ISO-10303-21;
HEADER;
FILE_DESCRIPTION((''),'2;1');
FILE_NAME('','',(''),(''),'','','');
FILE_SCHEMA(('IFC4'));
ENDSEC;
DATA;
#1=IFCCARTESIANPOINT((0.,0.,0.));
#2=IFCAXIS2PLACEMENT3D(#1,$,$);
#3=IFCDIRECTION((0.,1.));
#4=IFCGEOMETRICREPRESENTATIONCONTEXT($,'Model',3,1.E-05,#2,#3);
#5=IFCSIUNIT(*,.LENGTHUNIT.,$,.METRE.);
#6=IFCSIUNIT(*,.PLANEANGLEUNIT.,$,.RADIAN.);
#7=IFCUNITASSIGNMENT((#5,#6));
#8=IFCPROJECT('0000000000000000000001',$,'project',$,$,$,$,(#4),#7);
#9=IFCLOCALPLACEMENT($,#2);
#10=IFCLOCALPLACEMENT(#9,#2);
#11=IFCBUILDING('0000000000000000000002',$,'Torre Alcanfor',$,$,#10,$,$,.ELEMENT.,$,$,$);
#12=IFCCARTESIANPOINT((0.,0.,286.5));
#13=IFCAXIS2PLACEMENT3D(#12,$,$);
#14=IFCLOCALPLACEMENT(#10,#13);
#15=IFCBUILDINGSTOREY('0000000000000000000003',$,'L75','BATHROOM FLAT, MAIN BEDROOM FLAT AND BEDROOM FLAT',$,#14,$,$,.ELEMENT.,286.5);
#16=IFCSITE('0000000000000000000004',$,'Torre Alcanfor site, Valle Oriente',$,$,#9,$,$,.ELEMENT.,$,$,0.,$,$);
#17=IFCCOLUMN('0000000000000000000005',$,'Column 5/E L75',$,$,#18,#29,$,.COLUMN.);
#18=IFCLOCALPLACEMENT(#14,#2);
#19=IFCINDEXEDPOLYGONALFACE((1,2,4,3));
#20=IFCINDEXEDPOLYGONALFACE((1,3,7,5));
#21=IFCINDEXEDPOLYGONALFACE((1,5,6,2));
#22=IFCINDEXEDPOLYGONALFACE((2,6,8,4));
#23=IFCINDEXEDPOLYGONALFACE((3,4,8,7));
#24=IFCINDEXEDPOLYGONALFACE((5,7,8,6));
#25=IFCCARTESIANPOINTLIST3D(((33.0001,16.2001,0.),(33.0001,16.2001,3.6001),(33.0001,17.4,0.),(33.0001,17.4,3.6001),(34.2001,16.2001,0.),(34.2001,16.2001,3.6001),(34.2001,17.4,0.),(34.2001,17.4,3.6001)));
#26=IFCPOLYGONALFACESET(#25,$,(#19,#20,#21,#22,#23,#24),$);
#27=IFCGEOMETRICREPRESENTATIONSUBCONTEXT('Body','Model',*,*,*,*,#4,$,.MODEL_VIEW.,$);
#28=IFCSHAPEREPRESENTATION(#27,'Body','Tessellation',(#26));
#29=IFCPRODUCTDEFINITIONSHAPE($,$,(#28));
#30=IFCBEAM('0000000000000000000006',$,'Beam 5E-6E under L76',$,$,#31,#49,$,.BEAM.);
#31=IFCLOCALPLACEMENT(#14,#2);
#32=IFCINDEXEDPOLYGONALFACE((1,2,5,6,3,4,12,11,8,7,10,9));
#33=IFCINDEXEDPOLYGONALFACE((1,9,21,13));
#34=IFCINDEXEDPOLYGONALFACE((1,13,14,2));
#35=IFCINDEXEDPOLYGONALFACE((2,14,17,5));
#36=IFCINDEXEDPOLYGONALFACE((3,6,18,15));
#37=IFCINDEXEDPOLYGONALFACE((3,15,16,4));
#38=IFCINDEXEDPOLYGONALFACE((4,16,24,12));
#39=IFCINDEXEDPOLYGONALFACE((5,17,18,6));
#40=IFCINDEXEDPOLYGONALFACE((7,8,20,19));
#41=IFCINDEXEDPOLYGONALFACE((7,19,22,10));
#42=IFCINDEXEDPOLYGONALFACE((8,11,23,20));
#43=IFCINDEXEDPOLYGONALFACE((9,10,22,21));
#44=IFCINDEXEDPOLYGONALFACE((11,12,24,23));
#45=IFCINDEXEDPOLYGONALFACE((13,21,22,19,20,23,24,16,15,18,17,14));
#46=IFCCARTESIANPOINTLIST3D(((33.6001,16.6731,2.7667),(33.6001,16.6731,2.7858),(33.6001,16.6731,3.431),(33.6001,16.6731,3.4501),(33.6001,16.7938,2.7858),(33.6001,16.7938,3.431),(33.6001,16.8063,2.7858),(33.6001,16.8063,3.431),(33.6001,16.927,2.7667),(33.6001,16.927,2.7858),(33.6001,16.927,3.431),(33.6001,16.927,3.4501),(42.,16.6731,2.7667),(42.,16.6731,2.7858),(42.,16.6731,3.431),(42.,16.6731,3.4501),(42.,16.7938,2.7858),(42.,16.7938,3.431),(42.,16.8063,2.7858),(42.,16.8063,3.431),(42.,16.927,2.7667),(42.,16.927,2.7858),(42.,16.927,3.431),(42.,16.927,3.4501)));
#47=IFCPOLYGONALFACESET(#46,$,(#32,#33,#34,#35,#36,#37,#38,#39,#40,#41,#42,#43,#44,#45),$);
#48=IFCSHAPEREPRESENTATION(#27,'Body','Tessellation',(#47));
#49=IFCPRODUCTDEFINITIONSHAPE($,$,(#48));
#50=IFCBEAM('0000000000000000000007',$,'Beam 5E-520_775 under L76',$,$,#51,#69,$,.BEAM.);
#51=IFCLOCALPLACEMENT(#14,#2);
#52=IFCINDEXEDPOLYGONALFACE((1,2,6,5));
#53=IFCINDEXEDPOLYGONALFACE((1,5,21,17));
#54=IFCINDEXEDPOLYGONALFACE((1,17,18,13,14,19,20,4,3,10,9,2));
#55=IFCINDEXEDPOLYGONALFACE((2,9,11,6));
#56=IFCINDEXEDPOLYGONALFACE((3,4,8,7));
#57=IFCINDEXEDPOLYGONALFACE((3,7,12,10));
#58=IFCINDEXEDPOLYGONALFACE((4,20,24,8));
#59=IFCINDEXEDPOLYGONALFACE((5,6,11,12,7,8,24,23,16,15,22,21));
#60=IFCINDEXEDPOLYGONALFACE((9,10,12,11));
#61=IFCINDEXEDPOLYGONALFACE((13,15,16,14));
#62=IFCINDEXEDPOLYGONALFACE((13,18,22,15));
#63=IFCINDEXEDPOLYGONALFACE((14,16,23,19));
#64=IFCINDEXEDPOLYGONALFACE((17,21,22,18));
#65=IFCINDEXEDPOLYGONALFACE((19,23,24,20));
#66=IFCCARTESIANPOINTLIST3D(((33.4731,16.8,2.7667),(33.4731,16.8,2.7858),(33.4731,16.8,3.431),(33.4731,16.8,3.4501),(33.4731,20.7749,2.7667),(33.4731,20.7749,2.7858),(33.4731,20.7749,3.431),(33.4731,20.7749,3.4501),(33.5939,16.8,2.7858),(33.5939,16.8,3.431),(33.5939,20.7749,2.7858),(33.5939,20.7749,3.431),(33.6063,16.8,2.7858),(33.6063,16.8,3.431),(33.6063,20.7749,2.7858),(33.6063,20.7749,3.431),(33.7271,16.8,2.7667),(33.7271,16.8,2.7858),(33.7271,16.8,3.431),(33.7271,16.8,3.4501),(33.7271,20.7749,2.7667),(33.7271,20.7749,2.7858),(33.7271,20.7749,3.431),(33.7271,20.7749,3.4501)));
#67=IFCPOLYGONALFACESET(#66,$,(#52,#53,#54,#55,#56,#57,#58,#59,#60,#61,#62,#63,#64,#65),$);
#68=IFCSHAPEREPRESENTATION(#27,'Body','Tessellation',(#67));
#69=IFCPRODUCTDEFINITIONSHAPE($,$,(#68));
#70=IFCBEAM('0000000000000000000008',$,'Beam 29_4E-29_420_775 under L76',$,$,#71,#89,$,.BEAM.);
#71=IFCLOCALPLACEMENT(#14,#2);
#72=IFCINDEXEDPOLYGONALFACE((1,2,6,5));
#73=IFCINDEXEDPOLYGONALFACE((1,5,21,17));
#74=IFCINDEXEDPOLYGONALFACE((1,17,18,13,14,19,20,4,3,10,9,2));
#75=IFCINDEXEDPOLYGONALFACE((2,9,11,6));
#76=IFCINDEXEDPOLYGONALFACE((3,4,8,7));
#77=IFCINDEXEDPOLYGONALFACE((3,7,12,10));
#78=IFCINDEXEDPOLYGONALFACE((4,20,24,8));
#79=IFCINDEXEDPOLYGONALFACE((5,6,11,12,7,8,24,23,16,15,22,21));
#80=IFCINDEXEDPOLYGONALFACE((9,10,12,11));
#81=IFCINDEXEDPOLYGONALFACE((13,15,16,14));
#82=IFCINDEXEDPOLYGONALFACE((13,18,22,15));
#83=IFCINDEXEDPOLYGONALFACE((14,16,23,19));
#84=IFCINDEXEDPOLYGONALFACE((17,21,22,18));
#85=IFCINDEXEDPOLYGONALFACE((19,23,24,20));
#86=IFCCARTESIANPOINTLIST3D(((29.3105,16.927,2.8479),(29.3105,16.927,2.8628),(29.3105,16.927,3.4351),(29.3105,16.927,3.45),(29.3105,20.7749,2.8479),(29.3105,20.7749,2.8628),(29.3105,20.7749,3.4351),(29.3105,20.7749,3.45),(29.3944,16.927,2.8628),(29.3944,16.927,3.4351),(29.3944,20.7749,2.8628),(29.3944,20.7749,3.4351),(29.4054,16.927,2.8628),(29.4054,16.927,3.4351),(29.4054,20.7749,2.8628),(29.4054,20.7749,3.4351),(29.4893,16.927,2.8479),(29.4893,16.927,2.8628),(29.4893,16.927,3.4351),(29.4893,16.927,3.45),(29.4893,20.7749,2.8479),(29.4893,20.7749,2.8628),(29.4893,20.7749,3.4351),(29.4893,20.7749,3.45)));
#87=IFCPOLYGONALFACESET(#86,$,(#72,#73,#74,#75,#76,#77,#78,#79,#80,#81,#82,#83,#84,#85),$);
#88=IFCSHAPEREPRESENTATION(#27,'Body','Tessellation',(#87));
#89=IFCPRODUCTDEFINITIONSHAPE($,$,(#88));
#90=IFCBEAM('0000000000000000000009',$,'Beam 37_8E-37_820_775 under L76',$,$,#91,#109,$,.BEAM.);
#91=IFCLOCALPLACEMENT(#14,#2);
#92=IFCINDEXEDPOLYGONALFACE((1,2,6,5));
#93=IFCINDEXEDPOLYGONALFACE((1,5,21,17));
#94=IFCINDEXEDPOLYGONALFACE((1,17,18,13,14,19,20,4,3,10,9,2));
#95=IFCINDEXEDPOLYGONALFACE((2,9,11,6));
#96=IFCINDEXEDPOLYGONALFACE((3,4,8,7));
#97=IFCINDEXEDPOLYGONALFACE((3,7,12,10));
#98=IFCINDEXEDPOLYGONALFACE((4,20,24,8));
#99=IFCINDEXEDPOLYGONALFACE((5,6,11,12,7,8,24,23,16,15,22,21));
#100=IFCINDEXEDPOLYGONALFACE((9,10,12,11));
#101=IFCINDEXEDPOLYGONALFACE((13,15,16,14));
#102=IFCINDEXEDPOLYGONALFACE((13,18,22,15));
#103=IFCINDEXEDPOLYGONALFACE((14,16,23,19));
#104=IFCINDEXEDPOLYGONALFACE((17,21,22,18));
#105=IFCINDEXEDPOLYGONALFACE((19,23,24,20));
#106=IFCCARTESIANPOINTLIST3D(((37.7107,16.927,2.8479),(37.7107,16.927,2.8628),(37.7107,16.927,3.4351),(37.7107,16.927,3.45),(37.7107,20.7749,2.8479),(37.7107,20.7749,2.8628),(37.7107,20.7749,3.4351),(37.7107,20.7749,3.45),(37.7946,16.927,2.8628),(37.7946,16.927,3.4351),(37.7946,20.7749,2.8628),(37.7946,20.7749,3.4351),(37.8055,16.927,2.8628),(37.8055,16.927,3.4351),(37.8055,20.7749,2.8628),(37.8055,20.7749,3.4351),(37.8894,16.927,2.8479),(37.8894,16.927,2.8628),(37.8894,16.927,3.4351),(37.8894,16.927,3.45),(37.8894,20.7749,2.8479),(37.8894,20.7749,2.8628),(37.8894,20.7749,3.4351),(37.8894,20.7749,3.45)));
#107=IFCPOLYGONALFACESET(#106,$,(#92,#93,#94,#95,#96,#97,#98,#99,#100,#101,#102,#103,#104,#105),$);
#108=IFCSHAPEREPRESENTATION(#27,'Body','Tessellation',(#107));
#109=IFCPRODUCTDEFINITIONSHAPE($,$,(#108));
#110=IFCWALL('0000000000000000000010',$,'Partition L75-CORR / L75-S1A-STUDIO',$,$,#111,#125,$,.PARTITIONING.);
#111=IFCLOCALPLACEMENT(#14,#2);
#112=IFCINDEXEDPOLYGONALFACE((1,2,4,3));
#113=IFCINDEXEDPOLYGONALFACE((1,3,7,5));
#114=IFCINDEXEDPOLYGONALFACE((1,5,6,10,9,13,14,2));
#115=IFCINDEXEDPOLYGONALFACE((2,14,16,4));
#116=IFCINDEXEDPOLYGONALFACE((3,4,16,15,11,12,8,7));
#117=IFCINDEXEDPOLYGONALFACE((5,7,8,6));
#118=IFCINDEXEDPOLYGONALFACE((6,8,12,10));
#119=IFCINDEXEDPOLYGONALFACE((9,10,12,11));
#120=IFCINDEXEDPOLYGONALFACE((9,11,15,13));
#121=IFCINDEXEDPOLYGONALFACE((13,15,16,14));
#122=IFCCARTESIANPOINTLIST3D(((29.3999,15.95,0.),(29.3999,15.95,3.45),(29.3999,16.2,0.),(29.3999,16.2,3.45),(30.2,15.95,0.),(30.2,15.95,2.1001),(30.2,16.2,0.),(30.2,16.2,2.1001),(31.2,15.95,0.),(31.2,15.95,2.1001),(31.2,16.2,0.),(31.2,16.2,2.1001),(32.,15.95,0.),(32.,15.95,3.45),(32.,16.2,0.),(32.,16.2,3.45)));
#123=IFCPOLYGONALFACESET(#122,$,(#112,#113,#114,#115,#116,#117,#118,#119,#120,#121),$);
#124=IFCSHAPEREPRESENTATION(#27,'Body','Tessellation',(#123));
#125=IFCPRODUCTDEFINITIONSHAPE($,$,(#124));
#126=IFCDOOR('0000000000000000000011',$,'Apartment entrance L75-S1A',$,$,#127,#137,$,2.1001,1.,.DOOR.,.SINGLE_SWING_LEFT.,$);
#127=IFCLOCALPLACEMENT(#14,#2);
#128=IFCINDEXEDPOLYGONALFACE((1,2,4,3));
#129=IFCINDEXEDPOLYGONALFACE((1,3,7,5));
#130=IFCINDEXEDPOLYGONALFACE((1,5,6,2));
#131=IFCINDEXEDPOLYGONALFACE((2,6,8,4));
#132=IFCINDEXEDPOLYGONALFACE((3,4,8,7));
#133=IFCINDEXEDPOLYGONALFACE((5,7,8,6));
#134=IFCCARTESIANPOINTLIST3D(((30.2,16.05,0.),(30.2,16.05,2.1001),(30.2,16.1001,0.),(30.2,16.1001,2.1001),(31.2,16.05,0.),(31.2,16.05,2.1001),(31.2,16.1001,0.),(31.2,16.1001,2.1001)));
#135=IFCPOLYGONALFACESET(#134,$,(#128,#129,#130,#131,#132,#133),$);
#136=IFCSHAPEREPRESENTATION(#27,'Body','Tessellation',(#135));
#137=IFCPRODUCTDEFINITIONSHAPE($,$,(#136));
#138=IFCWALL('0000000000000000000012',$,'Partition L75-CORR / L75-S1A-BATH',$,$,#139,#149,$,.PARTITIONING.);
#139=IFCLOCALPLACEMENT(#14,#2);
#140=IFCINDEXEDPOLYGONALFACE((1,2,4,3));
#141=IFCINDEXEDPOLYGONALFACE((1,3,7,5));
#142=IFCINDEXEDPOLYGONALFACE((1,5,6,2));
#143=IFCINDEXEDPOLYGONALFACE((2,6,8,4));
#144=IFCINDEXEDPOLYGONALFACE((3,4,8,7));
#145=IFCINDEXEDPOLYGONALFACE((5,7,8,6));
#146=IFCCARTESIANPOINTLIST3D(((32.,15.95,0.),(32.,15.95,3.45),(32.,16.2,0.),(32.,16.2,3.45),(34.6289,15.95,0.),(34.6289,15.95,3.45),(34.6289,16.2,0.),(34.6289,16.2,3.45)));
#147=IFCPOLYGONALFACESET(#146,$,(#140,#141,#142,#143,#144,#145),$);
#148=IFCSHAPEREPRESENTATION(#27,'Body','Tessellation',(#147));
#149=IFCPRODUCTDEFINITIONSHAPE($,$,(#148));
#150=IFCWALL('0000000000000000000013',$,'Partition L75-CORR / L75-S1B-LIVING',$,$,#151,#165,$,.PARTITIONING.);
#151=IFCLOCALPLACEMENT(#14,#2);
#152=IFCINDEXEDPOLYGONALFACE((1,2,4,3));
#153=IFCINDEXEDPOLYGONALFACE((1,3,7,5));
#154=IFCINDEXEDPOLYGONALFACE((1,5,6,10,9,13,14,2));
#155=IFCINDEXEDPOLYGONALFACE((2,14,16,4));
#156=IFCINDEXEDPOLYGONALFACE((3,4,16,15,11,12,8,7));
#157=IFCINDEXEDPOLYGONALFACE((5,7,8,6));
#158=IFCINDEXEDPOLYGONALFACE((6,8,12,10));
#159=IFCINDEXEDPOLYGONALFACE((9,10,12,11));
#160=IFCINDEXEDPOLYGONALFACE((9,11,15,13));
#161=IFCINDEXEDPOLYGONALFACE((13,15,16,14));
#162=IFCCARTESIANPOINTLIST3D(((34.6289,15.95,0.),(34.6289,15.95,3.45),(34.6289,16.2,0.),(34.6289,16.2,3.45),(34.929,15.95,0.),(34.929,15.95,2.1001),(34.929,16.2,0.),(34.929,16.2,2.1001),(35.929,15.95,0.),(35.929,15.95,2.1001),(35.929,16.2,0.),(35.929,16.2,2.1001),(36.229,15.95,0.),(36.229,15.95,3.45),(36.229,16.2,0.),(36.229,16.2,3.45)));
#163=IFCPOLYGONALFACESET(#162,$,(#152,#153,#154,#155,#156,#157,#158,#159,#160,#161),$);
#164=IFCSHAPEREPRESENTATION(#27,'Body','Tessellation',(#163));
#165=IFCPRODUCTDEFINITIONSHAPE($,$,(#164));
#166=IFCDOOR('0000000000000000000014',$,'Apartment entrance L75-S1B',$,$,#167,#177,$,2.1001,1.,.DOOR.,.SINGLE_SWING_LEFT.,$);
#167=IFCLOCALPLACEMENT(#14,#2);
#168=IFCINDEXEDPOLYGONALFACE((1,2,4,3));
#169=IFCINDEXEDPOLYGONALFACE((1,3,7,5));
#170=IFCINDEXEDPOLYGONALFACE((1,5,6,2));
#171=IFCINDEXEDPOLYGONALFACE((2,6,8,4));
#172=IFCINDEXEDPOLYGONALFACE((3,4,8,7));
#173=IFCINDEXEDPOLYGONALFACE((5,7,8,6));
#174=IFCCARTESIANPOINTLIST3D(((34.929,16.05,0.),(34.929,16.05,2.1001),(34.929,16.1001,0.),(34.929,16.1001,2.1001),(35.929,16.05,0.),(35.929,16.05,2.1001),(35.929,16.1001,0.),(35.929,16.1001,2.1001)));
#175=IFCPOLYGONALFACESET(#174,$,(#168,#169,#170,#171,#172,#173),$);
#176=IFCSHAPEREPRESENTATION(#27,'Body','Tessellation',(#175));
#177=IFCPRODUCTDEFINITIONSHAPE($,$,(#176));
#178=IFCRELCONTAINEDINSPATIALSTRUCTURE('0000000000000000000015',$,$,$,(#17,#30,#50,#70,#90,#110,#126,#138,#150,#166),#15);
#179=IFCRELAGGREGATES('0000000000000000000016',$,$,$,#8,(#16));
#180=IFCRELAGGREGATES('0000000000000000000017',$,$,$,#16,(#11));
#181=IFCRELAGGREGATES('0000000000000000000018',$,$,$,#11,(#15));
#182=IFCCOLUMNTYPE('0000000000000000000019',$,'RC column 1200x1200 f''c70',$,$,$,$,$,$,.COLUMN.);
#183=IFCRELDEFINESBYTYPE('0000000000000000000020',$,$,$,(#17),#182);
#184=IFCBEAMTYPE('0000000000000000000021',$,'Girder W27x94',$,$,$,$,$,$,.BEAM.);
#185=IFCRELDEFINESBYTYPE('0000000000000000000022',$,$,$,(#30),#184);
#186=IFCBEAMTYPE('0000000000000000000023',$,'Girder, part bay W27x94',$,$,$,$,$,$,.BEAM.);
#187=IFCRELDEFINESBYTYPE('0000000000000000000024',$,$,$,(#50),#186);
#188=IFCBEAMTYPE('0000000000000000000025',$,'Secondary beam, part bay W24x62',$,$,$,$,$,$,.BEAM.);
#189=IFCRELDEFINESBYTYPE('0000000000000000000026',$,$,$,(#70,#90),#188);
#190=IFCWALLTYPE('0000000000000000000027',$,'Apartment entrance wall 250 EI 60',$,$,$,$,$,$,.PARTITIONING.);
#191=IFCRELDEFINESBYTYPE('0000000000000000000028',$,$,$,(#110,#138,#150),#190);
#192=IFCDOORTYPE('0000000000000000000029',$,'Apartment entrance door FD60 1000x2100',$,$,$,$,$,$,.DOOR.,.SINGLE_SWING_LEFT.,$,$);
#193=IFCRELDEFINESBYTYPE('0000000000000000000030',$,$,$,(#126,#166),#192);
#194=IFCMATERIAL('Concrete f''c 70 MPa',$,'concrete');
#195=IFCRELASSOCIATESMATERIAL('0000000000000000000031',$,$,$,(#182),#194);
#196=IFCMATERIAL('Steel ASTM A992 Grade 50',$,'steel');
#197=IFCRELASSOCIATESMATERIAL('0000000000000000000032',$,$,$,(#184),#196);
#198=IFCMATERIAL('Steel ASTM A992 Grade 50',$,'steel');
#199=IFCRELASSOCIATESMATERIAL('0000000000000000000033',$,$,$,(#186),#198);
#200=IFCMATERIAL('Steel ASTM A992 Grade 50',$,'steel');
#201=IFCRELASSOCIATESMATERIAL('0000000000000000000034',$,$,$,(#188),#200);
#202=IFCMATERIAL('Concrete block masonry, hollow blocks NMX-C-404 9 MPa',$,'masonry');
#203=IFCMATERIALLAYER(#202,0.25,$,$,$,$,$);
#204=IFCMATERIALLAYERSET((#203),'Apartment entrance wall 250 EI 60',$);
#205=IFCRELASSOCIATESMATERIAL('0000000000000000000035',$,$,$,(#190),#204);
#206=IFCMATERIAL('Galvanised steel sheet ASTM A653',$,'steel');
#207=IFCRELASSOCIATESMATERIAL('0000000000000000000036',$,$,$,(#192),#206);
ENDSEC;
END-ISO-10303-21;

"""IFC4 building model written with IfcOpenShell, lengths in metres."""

from ifc_helpers import new_model, si_unit, direction, frame, frame_2d, origin, origin_2d, place, context, subcontext, project, spatial, rectangle, i_section, extrude, material, layer, layer_set, material_profile, profile_set, type_object, element, fill, save


model = new_model("IFC4")

# Units and contexts
model_context = context("Model", 3, precision=1e-05, world=origin(), true_north=direction((0.0, 1.0)))
body_context = subcontext(model_context, "Body", "Model", "MODEL_VIEW")
ifc_project = project(units=[si_unit("LENGTHUNIT", "METRE"), si_unit("PLANEANGLEUNIT", "RADIAN")], contexts=[model_context])

# Site, building, storey
site_placement = place(None, origin())
site = spatial("IfcSite", under=ifc_project, at=site_placement, Name="Torre Alcanfor site, Valle Oriente", CompositionType="ELEMENT", RefElevation=0.0)
building_placement = place(site_placement, origin())
building = spatial("IfcBuilding", under=site, at=building_placement, Name="Torre Alcanfor", CompositionType="ELEMENT")
storey_placement = place(building_placement, frame((0.0, 0.0, 286.5)))
storey = spatial("IfcBuildingStorey", under=building, at=storey_placement, Name="L75", Description="BATHROOM FLAT, MAIN BEDROOM FLAT AND BEDROOM FLAT", CompositionType="ELEMENT", Elevation=286.5)

# Column
ifc_material_1 = material(Name="Concrete f'c 70 MPa", Category="concrete")
ifc_material_profile_1 = material_profile(ifc_material_1, rectangle(XDim=1.2, YDim=1.2, at=origin_2d()), Name="1200x1200")
ifc_profile_set_1 = profile_set([ifc_material_profile_1], Name="Concrete f'c 70 MPa")
column_type = type_object("IfcColumnType", Name="RC column 1200x1200 f'c70", PredefinedType="COLUMN", material=ifc_profile_set_1)
column_placement = place(storey_placement, frame((33.6001, 16.8, 0.0), z_axis=(0.0, 0.0, 1.0), x_axis=(1.0, 0.0, 0.0)))
element("IfcColumn", 1, at=column_placement, inside=storey, type_object=column_type, Name="Column 5/E L75", PredefinedType="COLUMN", context=body_context, shape_type="SweptSolid", body=[
    extrude(rectangle(XDim=1.2, YDim=1.2, at=origin_2d()), origin(), (0.0, 0.0, 1.0), 3.6001),
])

# Beams
ifc_material_2 = material(Name="Steel ASTM A992 Grade 50", Category="steel")
ifc_material_profile_2 = material_profile(ifc_material_2, i_section(OverallWidth=0.2539, OverallDepth=0.6833, WebThickness=0.0125, FlangeThickness=0.019, at=origin_2d()), Name="W27x94")
ifc_profile_set_2 = profile_set([ifc_material_profile_2], Name="Steel ASTM A992 Grade 50")
beam_type_1 = type_object("IfcBeamType", Name="Girder W27x94", PredefinedType="BEAM", material=ifc_profile_set_2)
beam_1_placement = place(storey_placement, frame((33.6001, 16.8, 3.1084), z_axis=(1.0, 0.0, 0.0), x_axis=(0.0, 1.0, 0.0)))
element("IfcBeam", 2, at=beam_1_placement, inside=storey, type_object=beam_type_1, Name="Beam 5E-6E under L76", PredefinedType="BEAM", context=body_context, shape_type="SweptSolid", body=[
    extrude(i_section(OverallWidth=0.2539, OverallDepth=0.6833, WebThickness=0.0125, FlangeThickness=0.019, at=origin_2d()), origin(), (0.0, 0.0, 1.0), 8.3999),
])
ifc_material_3 = material(Name="Steel ASTM A992 Grade 50", Category="steel")
ifc_material_profile_3 = material_profile(ifc_material_3, i_section(OverallWidth=0.2539, OverallDepth=0.6833, WebThickness=0.0125, FlangeThickness=0.019, at=origin_2d()), Name="W27x94")
ifc_profile_set_3 = profile_set([ifc_material_profile_3], Name="Steel ASTM A992 Grade 50")
beam_type_2 = type_object("IfcBeamType", Name="Girder, part bay W27x94", PredefinedType="BEAM", material=ifc_profile_set_3)
beam_2_placement = place(storey_placement, frame((33.6001, 16.8, 3.1084), z_axis=(0.0, 1.0, 0.0), x_axis=(-1.0, 0.0, 0.0)))
element("IfcBeam", 3, at=beam_2_placement, inside=storey, type_object=beam_type_2, Name="Beam 5E-520_775 under L76", PredefinedType="BEAM", context=body_context, shape_type="SweptSolid", body=[
    extrude(i_section(OverallWidth=0.2539, OverallDepth=0.6833, WebThickness=0.0125, FlangeThickness=0.019, at=origin_2d()), origin(), (0.0, 0.0, 1.0), 3.9749),
])
ifc_material_4 = material(Name="Steel ASTM A992 Grade 50", Category="steel")
ifc_material_profile_4 = material_profile(ifc_material_4, i_section(OverallWidth=0.1787, OverallDepth=0.6021, WebThickness=0.011, FlangeThickness=0.0149, at=origin_2d()), Name="W24x62")
ifc_profile_set_4 = profile_set([ifc_material_profile_4], Name="Steel ASTM A992 Grade 50")
beam_type_3 = type_object("IfcBeamType", Name="Secondary beam, part bay W24x62", PredefinedType="BEAM", material=ifc_profile_set_4)
for number, where, z_axis, x_axis, name in (
    (4, (29.3999, 16.927, 3.1489), (0.0, 1.0, 0.0), (-1.0, 0.0, 0.0), "Beam 29_4E-29_420_775 under L76"),
    (5, (37.8, 16.927, 3.1489), (0.0, 1.0, 0.0), (-1.0, 0.0, 0.0), "Beam 37_8E-37_820_775 under L76"),
):
    element("IfcBeam", number, at=place(storey_placement, frame(where, z_axis=z_axis, x_axis=x_axis)), inside=storey, type_object=beam_type_3, Name=name, PredefinedType="BEAM", context=body_context, shape_type="SweptSolid", body=[
        extrude(i_section(OverallWidth=0.1787, OverallDepth=0.6021, WebThickness=0.011, FlangeThickness=0.0149, at=origin_2d()), origin(), (0.0, 0.0, 1.0), 3.8479),
    ])

# Wall, opening, door
ifc_material_5 = material(Name="Concrete block masonry, hollow blocks NMX-C-404 9 MPa", Category="masonry")
ifc_layer_1 = layer(ifc_material_5, 0.25)
ifc_layer_set_1 = layer_set([ifc_layer_1], Name="Apartment entrance wall 250 EI 60")
wall_type_1 = type_object("IfcWallType", Name="Apartment entrance wall 250 EI 60", PredefinedType="PARTITIONING", material=ifc_layer_set_1)
wall_1_placement = place(storey_placement, frame((32.0, 16.075, 0.0), z_axis=(0.0, 0.0, 1.0), x_axis=(-1.0, 0.0, 0.0)))
wall_1 = element("IfcWall", 6, at=wall_1_placement, inside=storey, type_object=wall_type_1, Name="Partition L75-CORR / L75-S1A-STUDIO", PredefinedType="PARTITIONING", context=body_context, shape_type="SweptSolid", body=[
    extrude(rectangle(XDim=2.6001, YDim=0.25, at=frame_2d((1.3, 0.0))), origin(), (0.0, 0.0, 1.0), 3.45),
])
opening_1_placement = place(wall_1_placement, frame((0.8, 0.0, 0.0)))
opening_1 = element("IfcOpeningElement", 7, at=opening_1_placement, cuts=wall_1, PredefinedType="OPENING", context=body_context, shape_type="SweptSolid", body=[
    extrude(rectangle(XDim=1.0, YDim=2.1001, at=frame_2d((0.5, 1.05))), frame((0.0, 0.135, 0.0), z_axis=(0.0, -1.0, 0.0), x_axis=(1.0, 0.0, 0.0)), (0.0, 0.0, 1.0), 0.27),
])
ifc_material_6 = material(Name="Galvanised steel sheet ASTM A653", Category="steel")
door_type_1 = type_object("IfcDoorType", Name="Apartment entrance door FD60 1000x2100", OperationType="SINGLE_SWING_LEFT", PredefinedType="DOOR", material=ifc_material_6)
door_1_placement = place(opening_1_placement, origin())
door_1 = element("IfcDoor", 8, at=door_1_placement, inside=storey, type_object=door_type_1, Name="Apartment entrance L75-S1A", OperationType="SINGLE_SWING_LEFT", OverallHeight=2.1001, OverallWidth=1.0, PredefinedType="DOOR", context=body_context, shape_type="SweptSolid", body=[
    extrude(rectangle(XDim=1.0, YDim=2.1001, at=frame_2d((0.5, 1.05))), frame((0.0, 0.0249, 0.0), z_axis=(0.0, -1.0, 0.0), x_axis=(1.0, 0.0, 0.0)), (0.0, 0.0, 1.0), 0.05),
])
fill(opening_1, door_1)

# Wall
wall_2_placement = place(storey_placement, frame((34.6289, 16.075, 0.0), z_axis=(0.0, 0.0, 1.0), x_axis=(-1.0, 0.0, 0.0)))
element("IfcWall", 9, at=wall_2_placement, inside=storey, type_object=wall_type_1, Name="Partition L75-CORR / L75-S1A-BATH", PredefinedType="PARTITIONING", context=body_context, shape_type="SweptSolid", body=[
    extrude(rectangle(XDim=2.6289, YDim=0.25, at=frame_2d((1.3145, 0.0))), origin(), (0.0, 0.0, 1.0), 3.45),
])

# Wall, opening, door
wall_3_placement = place(storey_placement, frame((36.229, 16.075, 0.0), z_axis=(0.0, 0.0, 1.0), x_axis=(-1.0, 0.0, 0.0)))
wall_3 = element("IfcWall", 10, at=wall_3_placement, inside=storey, type_object=wall_type_1, Name="Partition L75-CORR / L75-S1B-LIVING", PredefinedType="PARTITIONING", context=body_context, shape_type="SweptSolid", body=[
    extrude(rectangle(XDim=1.6001, YDim=0.25, at=frame_2d((0.8, 0.0))), origin(), (0.0, 0.0, 1.0), 3.45),
])
opening_2_placement = place(wall_3_placement, frame((0.3, 0.0, 0.0)))
opening_2 = element("IfcOpeningElement", 11, at=opening_2_placement, cuts=wall_3, PredefinedType="OPENING", context=body_context, shape_type="SweptSolid", body=[
    extrude(rectangle(XDim=1.0, YDim=2.1001, at=frame_2d((0.5, 1.05))), frame((0.0, 0.135, 0.0), z_axis=(0.0, -1.0, 0.0), x_axis=(1.0, 0.0, 0.0)), (0.0, 0.0, 1.0), 0.27),
])
door_2_placement = place(opening_2_placement, origin())
door_2 = element("IfcDoor", 12, at=door_2_placement, inside=storey, type_object=door_type_1, Name="Apartment entrance L75-S1B", OperationType="SINGLE_SWING_LEFT", OverallHeight=2.1001, OverallWidth=1.0, PredefinedType="DOOR", context=body_context, shape_type="SweptSolid", body=[
    extrude(rectangle(XDim=1.0, YDim=2.1001, at=frame_2d((0.5, 1.05))), frame((0.0, 0.0249, 0.0), z_axis=(0.0, -1.0, 0.0), x_axis=(1.0, 0.0, 0.0)), (0.0, 0.0, 1.0), 0.05),
])
fill(opening_2, door_2)

save(model, "model.ifc")
